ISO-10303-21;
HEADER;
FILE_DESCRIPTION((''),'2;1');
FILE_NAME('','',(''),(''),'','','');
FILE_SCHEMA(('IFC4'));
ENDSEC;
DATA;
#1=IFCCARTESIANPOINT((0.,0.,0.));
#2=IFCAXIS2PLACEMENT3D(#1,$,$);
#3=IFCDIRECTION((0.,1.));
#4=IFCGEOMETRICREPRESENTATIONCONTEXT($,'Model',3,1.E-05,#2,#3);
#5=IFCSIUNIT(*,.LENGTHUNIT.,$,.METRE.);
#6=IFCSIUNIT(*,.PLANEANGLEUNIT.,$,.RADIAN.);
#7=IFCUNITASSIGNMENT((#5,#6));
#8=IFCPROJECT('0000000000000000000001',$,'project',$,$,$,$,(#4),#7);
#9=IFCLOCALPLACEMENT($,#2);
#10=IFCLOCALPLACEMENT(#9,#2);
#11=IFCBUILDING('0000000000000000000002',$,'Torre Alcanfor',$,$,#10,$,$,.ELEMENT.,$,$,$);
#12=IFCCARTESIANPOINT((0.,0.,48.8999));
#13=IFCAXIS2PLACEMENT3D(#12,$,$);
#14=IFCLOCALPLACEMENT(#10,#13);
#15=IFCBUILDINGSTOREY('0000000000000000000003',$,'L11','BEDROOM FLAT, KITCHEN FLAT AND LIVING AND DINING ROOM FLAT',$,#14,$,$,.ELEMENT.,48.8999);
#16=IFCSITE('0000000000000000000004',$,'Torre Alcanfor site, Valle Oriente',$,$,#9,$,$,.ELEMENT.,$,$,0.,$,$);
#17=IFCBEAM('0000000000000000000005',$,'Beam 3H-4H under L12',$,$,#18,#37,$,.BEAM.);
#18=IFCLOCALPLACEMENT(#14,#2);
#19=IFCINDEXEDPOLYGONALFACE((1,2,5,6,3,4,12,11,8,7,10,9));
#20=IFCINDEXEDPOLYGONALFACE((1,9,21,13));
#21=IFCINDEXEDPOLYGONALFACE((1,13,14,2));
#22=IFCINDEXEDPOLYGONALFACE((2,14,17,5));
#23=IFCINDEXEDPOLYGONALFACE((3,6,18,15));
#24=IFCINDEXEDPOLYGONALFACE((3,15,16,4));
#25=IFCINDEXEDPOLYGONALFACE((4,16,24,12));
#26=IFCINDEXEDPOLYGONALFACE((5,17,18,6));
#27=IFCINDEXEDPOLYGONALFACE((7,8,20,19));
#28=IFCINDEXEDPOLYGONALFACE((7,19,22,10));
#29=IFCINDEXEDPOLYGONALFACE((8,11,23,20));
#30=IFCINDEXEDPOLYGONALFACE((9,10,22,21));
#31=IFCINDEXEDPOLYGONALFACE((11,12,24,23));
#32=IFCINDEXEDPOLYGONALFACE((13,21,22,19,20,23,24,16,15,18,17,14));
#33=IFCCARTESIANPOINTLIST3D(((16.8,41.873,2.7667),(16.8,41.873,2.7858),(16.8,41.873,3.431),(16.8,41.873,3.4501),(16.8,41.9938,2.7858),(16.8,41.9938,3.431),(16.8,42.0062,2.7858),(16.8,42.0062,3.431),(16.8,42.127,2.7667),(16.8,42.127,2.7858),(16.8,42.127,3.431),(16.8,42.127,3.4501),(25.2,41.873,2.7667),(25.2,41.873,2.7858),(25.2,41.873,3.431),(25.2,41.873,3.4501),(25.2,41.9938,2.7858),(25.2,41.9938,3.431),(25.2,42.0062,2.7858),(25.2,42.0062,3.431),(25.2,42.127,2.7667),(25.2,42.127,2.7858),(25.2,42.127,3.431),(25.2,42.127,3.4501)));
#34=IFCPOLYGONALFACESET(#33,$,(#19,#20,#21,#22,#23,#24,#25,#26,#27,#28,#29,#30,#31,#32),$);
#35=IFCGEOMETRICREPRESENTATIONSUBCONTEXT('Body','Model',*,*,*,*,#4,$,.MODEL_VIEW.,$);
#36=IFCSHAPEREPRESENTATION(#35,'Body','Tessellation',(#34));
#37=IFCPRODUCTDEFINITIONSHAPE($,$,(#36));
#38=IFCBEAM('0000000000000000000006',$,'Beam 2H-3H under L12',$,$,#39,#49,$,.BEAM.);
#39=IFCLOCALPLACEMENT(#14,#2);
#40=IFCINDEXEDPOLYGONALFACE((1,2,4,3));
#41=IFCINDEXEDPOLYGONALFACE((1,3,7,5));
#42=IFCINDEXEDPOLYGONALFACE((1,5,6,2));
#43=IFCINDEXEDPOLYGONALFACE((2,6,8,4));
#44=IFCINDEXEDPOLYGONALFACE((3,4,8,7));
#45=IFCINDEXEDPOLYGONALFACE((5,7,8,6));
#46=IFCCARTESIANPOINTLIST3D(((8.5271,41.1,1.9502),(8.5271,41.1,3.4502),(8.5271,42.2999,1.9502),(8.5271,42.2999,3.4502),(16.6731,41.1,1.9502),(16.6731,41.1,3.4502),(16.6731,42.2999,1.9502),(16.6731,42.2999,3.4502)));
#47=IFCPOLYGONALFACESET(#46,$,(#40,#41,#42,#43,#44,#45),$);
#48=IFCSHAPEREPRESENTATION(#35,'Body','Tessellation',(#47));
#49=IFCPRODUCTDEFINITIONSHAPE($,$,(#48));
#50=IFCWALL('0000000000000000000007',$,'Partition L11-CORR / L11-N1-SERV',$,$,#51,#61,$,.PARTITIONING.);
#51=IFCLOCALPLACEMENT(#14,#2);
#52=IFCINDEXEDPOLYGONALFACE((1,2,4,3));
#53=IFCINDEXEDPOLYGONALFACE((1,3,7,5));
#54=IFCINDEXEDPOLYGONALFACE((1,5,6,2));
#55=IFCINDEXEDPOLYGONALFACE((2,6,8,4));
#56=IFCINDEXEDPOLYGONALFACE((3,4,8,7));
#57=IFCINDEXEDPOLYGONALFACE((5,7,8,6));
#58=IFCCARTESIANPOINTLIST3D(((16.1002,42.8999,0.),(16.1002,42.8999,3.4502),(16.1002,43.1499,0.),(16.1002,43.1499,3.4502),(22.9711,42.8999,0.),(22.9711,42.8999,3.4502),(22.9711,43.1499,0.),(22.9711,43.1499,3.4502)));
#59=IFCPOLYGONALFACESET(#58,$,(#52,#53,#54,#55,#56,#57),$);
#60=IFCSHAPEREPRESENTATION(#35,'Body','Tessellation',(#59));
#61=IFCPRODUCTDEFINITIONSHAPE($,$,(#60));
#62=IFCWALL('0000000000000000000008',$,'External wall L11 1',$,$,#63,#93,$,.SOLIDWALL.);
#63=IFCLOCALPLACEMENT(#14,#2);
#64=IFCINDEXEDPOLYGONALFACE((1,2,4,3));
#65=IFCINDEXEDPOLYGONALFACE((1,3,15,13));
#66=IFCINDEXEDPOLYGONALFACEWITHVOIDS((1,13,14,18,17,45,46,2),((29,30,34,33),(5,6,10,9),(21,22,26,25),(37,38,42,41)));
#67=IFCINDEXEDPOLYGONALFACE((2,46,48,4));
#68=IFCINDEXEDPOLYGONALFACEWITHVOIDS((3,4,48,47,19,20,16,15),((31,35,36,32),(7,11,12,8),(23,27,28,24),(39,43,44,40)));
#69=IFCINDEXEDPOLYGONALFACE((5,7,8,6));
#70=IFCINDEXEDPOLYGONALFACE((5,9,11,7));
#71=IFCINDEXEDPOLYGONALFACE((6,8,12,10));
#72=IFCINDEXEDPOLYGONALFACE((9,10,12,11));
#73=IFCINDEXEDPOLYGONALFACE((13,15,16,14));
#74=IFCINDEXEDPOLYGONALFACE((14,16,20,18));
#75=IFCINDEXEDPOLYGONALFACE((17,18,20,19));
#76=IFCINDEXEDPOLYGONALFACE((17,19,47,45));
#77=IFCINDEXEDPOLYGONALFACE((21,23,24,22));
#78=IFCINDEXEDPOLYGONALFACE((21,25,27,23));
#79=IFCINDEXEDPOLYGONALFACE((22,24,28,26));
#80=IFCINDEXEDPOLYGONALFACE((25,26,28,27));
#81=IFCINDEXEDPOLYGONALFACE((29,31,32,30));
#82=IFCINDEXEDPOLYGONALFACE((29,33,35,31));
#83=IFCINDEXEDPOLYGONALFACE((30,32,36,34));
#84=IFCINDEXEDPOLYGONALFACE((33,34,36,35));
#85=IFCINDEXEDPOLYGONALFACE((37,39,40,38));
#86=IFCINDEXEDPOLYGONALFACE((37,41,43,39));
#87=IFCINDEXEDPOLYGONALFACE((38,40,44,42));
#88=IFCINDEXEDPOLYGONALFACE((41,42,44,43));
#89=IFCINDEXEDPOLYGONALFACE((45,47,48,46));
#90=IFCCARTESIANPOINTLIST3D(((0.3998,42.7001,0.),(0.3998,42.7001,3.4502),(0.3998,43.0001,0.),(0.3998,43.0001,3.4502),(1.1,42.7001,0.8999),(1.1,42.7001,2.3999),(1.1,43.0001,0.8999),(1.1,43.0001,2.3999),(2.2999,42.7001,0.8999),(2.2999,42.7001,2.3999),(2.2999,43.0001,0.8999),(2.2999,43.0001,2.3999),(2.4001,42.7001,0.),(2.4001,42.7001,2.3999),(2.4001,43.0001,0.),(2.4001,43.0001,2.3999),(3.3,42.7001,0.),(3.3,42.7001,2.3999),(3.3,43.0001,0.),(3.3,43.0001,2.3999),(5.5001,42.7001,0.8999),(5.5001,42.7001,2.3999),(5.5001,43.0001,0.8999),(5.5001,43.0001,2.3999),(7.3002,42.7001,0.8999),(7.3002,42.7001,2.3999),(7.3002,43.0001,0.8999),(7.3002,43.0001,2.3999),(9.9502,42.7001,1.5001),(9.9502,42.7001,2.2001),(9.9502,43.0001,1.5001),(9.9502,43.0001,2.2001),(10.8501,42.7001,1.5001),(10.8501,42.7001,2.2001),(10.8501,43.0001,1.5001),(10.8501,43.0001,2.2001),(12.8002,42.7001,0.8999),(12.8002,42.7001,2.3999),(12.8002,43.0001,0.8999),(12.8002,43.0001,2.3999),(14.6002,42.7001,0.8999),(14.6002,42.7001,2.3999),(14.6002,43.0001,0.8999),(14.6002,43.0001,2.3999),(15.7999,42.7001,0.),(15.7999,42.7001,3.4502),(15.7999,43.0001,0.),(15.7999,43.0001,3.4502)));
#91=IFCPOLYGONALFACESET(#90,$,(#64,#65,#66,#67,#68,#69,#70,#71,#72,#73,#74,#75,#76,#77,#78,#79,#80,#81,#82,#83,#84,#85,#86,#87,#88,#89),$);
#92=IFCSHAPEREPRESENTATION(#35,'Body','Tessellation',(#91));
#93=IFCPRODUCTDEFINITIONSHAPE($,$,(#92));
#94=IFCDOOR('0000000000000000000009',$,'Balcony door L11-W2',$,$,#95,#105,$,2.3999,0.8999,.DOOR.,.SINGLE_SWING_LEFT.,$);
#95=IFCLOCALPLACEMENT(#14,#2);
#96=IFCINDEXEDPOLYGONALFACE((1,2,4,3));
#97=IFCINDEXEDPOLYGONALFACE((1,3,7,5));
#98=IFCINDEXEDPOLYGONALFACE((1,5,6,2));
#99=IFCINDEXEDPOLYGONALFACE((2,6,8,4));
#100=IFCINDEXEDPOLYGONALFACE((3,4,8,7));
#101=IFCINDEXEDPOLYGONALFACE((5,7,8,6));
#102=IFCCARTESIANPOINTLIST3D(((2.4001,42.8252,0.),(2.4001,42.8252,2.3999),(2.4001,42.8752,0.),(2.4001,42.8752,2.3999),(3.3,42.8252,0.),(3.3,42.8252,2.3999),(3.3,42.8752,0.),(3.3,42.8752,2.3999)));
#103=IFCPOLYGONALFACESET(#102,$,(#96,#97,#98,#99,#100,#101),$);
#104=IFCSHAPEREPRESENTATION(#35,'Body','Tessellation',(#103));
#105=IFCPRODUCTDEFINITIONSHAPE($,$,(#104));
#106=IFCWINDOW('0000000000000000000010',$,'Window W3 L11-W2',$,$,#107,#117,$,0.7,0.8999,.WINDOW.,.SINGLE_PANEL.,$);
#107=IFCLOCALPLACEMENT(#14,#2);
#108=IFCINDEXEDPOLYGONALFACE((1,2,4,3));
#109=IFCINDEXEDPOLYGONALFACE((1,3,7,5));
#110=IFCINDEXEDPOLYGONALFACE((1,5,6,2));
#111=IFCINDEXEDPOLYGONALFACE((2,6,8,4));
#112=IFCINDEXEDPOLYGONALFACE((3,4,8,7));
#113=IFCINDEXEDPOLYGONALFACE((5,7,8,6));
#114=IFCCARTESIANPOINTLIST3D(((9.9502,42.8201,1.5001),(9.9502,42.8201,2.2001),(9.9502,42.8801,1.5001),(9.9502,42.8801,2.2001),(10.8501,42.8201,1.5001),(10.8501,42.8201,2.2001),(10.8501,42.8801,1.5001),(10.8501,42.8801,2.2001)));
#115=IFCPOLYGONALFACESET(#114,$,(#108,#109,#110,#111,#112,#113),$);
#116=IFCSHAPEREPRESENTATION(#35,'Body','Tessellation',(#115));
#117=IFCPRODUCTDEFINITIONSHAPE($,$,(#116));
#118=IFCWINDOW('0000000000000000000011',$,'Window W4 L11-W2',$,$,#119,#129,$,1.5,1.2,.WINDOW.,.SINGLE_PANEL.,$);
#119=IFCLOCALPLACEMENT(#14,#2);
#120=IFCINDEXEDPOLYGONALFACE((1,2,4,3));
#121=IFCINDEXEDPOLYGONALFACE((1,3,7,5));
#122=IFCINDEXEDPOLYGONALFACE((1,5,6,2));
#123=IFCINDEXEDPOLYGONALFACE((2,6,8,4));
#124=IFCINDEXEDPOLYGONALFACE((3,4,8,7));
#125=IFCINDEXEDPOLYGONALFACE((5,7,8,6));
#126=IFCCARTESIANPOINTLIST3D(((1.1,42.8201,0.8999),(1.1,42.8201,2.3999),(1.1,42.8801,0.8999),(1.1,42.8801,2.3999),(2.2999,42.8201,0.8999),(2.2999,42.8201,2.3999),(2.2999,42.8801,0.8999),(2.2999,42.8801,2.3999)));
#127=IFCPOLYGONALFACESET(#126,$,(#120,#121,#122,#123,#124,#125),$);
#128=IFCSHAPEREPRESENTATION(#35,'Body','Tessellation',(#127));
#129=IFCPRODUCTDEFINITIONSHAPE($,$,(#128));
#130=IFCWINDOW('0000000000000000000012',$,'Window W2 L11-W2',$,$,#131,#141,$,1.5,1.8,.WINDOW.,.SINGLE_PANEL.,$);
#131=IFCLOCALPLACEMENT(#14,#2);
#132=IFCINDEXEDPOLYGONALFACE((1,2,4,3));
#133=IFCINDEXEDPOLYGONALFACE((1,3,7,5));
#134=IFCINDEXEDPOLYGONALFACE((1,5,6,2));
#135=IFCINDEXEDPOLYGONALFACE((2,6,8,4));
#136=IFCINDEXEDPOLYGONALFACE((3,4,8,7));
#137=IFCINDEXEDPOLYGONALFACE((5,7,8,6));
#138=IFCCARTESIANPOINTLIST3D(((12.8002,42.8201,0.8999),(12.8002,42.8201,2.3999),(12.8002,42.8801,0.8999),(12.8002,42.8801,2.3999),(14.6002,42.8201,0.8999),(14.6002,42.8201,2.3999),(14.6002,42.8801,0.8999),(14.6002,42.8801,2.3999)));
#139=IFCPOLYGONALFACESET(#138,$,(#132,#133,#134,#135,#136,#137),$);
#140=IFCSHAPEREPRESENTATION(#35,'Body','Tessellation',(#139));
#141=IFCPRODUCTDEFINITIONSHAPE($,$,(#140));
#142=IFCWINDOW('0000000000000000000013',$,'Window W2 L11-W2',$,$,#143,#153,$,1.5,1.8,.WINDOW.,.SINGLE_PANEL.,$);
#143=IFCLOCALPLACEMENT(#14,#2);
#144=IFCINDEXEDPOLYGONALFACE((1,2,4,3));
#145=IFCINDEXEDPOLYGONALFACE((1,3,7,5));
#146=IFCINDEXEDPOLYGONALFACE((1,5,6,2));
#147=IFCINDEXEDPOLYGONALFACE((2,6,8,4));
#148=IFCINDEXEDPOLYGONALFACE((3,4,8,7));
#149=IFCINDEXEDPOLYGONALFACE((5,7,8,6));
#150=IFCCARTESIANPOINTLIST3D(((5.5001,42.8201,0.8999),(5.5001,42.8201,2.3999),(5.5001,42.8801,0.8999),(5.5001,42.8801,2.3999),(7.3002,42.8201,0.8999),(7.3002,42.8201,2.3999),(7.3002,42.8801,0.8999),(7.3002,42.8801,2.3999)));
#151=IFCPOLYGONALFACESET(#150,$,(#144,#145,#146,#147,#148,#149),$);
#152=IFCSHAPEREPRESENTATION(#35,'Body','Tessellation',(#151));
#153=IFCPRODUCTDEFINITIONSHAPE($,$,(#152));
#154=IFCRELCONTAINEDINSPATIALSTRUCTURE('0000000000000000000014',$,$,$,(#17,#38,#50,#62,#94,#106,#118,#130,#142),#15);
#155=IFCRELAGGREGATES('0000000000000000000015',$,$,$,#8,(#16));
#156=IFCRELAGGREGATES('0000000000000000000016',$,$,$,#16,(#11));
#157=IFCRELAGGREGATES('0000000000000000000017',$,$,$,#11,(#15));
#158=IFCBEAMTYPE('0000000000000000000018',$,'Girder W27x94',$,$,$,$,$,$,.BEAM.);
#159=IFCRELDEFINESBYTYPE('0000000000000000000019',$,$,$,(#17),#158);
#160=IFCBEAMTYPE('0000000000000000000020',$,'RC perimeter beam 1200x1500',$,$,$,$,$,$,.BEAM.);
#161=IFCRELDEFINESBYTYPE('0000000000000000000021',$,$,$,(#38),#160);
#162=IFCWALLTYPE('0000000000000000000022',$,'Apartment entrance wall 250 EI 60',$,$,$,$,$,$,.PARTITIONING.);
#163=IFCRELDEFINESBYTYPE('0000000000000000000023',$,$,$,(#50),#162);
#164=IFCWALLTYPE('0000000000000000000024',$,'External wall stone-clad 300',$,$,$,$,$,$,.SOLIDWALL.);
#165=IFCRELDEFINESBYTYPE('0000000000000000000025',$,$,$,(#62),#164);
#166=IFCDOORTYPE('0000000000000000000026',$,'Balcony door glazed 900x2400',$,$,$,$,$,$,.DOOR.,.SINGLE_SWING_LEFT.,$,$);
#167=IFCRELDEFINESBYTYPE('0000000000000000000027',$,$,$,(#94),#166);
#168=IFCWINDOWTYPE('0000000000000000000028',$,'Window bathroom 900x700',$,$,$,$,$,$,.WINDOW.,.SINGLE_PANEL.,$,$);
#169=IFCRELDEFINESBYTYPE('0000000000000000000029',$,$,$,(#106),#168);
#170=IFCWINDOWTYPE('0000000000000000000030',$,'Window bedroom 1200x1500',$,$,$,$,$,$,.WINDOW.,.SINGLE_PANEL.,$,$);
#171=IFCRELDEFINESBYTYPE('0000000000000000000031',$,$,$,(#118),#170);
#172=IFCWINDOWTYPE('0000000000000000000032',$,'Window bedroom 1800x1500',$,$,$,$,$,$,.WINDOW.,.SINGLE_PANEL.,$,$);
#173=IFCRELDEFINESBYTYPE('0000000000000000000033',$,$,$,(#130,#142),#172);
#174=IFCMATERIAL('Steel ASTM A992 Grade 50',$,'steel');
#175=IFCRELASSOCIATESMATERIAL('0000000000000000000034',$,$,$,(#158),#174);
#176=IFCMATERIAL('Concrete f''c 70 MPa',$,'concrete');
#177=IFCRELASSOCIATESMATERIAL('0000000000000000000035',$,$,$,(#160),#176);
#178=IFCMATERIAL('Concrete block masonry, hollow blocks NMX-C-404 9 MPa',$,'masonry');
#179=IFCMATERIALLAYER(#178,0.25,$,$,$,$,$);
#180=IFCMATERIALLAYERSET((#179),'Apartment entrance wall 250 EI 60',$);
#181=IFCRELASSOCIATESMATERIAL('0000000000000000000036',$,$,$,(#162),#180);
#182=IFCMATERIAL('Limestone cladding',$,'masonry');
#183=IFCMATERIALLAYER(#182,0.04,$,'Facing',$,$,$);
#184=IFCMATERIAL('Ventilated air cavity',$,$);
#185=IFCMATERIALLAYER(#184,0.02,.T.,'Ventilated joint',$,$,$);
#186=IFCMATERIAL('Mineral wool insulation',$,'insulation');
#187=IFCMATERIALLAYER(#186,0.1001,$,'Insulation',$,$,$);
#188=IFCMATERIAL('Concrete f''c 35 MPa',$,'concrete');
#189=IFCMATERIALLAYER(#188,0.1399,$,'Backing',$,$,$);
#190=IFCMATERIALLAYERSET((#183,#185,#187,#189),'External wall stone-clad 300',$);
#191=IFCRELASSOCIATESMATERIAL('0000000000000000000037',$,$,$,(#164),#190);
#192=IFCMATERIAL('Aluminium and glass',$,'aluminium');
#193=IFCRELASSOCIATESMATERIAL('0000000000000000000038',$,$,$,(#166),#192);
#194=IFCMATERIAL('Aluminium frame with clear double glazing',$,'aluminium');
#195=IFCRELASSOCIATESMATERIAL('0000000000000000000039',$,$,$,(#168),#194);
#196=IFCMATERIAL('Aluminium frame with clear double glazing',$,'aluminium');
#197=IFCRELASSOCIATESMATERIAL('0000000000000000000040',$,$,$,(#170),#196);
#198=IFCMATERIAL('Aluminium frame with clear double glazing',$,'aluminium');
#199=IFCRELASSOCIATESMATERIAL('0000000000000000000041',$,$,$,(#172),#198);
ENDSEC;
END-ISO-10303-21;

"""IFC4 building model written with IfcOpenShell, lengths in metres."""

from ifc_helpers import new_model, si_unit, direction, frame, frame_2d, origin, origin_2d, place, context, subcontext, project, spatial, rectangle, i_section, extrude, material, layer, layer_set, material_profile, profile_set, type_object, element, fill, save


model = new_model("IFC4")

# Units and contexts
model_context = context("Model", 3, precision=1e-05, world=origin(), true_north=direction((0.0, 1.0)))
body_context = subcontext(model_context, "Body", "Model", "MODEL_VIEW")
ifc_project = project(units=[si_unit("LENGTHUNIT", "METRE"), si_unit("PLANEANGLEUNIT", "RADIAN")], contexts=[model_context])

# Site, building, storey
site_placement = place(None, origin())
site = spatial("IfcSite", under=ifc_project, at=site_placement, Name="Torre Alcanfor site, Valle Oriente", CompositionType="ELEMENT", RefElevation=0.0)
building_placement = place(site_placement, origin())
building = spatial("IfcBuilding", under=site, at=building_placement, Name="Torre Alcanfor", CompositionType="ELEMENT")
storey_placement = place(building_placement, frame((0.0, 0.0, 48.8999)))
storey = spatial("IfcBuildingStorey", under=building, at=storey_placement, Name="L11", Description="BEDROOM FLAT, KITCHEN FLAT AND LIVING AND DINING ROOM FLAT", CompositionType="ELEMENT", Elevation=48.8999)

# Beams
ifc_material_1 = material(Name="Steel ASTM A992 Grade 50", Category="steel")
ifc_material_profile_1 = material_profile(ifc_material_1, i_section(OverallWidth=0.2539, OverallDepth=0.6833, WebThickness=0.0125, FlangeThickness=0.019, at=origin_2d()), Name="W27x94")
ifc_profile_set_1 = profile_set([ifc_material_profile_1], Name="Steel ASTM A992 Grade 50")
beam_type_1 = type_object("IfcBeamType", Name="Girder W27x94", PredefinedType="BEAM", material=ifc_profile_set_1)
beam_1_placement = place(storey_placement, frame((16.8, 42.0, 3.1084), z_axis=(1.0, 0.0, 0.0), x_axis=(0.0, 1.0, 0.0)))
element("IfcBeam", 1, at=beam_1_placement, inside=storey, type_object=beam_type_1, Name="Beam 3H-4H under L12", PredefinedType="BEAM", context=body_context, shape_type="SweptSolid", body=[
    extrude(i_section(OverallWidth=0.2539, OverallDepth=0.6833, WebThickness=0.0125, FlangeThickness=0.019, at=origin_2d()), origin(), (0.0, 0.0, 1.0), 8.3999),
])
ifc_material_2 = material(Name="Concrete f'c 70 MPa", Category="concrete")
ifc_material_profile_2 = material_profile(ifc_material_2, rectangle(XDim=1.2, YDim=1.5, at=origin_2d()), Name="1200x1500")
ifc_profile_set_2 = profile_set([ifc_material_profile_2], Name="Concrete f'c 70 MPa")
beam_type_2 = type_object("IfcBeamType", Name="RC perimeter beam 1200x1500", PredefinedType="BEAM", material=ifc_profile_set_2)
beam_2_placement = place(storey_placement, frame((8.5271, 41.7, 2.7002), z_axis=(1.0, 0.0, 0.0), x_axis=(0.0, 1.0, 0.0)))
element("IfcBeam", 2, at=beam_2_placement, inside=storey, type_object=beam_type_2, Name="Beam 2H-3H under L12", PredefinedType="BEAM", context=body_context, shape_type="SweptSolid", body=[
    extrude(rectangle(XDim=1.2, YDim=1.5, at=origin_2d()), origin(), (0.0, 0.0, 1.0), 8.146),
])

# Wall
ifc_material_3 = material(Name="Concrete block masonry, hollow blocks NMX-C-404 9 MPa", Category="masonry")
ifc_layer_1 = layer(ifc_material_3, 0.25)
ifc_layer_set_1 = layer_set([ifc_layer_1], Name="Apartment entrance wall 250 EI 60")
wall_type_1 = type_object("IfcWallType", Name="Apartment entrance wall 250 EI 60", PredefinedType="PARTITIONING", material=ifc_layer_set_1)
wall_1_placement = place(storey_placement, frame((16.1001, 43.0249, 0.0), z_axis=(0.0, 0.0, 1.0), x_axis=(1.0, 0.0, 0.0)))
element("IfcWall", 3, at=wall_1_placement, inside=storey, type_object=wall_type_1, Name="Partition L11-CORR / L11-N1-SERV", PredefinedType="PARTITIONING", context=body_context, shape_type="SweptSolid", body=[
    extrude(rectangle(XDim=6.8708, YDim=0.25, at=frame_2d((3.4355, 0.0))), origin(), (0.0, 0.0, 1.0), 3.4502),
])

# Wall, openings, door, windows
ifc_material_4 = material(Name="Limestone cladding", Category="masonry")
ifc_layer_2 = layer(ifc_material_4, 0.04, Name="Facing")
ifc_material_5 = material(Name="Ventilated air cavity")
ifc_layer_3 = layer(ifc_material_5, 0.02, ventilated=True, Name="Ventilated joint")
ifc_material_6 = material(Name="Mineral wool insulation", Category="insulation")
ifc_layer_4 = layer(ifc_material_6, 0.1001, Name="Insulation")
ifc_material_7 = material(Name="Concrete f'c 35 MPa", Category="concrete")
ifc_layer_5 = layer(ifc_material_7, 0.1399, Name="Backing")
ifc_layer_set_2 = layer_set([ifc_layer_2, ifc_layer_3, ifc_layer_4, ifc_layer_5], Name="External wall stone-clad 300")
wall_type_2 = type_object("IfcWallType", Name="External wall stone-clad 300", PredefinedType="SOLIDWALL", material=ifc_layer_set_2)
wall_2_placement = place(storey_placement, frame((15.8, 42.8501, 0.0), z_axis=(0.0, 0.0, 1.0), x_axis=(-1.0, 0.0, 0.0)))
wall_2 = element("IfcWall", 4, at=wall_2_placement, inside=storey, type_object=wall_type_2, Name="External wall L11 1", PredefinedType="SOLIDWALL", context=body_context, shape_type="SweptSolid", body=[
    extrude(rectangle(XDim=15.4001, YDim=0.3, at=frame_2d((7.7002, 0.0))), origin(), (0.0, 0.0, 1.0), 3.4502),
])
opening_1_placement = place(wall_2_placement, frame((1.2, 0.0, 0.8999)))
opening_1 = element("IfcOpeningElement", 5, at=opening_1_placement, cuts=wall_2, PredefinedType="OPENING", context=body_context, shape_type="SweptSolid", body=[
    extrude(rectangle(XDim=1.8, YDim=1.5, at=frame_2d((0.8999, 0.75))), frame((0.0, 0.1599, 0.0), z_axis=(0.0, -1.0, 0.0), x_axis=(1.0, 0.0, 0.0)), (0.0, 0.0, 1.0), 0.3201),
])
opening_2_placement = place(wall_2_placement, frame((4.95, 0.0, 1.5)))
opening_2 = element("IfcOpeningElement", 6, at=opening_2_placement, cuts=wall_2, PredefinedType="OPENING", context=body_context, shape_type="SweptSolid", body=[
    extrude(rectangle(XDim=0.8999, YDim=0.7, at=frame_2d((0.45, 0.3501))), frame((0.0, 0.1599, 0.0), z_axis=(0.0, -1.0, 0.0), x_axis=(1.0, 0.0, 0.0)), (0.0, 0.0, 1.0), 0.3201),
])
opening_3_placement = place(wall_2_placement, frame((8.5, 0.0, 0.8999)))
opening_3 = element("IfcOpeningElement", 7, at=opening_3_placement, cuts=wall_2, PredefinedType="OPENING", context=body_context, shape_type="SweptSolid", body=[
    extrude(rectangle(XDim=1.8, YDim=1.5, at=frame_2d((0.8999, 0.75))), frame((0.0, 0.1599, 0.0), z_axis=(0.0, -1.0, 0.0), x_axis=(1.0, 0.0, 0.0)), (0.0, 0.0, 1.0), 0.3201),
])
opening_4_placement = place(wall_2_placement, frame((12.5, 0.0, 0.0)))
opening_4 = element("IfcOpeningElement", 8, at=opening_4_placement, cuts=wall_2, PredefinedType="OPENING", context=body_context, shape_type="SweptSolid", body=[
    extrude(rectangle(XDim=0.8999, YDim=2.3999, at=frame_2d((0.45, 1.2))), frame((0.0, 0.1599, 0.0), z_axis=(0.0, -1.0, 0.0), x_axis=(1.0, 0.0, 0.0)), (0.0, 0.0, 1.0), 0.3201),
])
opening_5_placement = place(wall_2_placement, frame((13.5, 0.0, 0.8999)))
opening_5 = element("IfcOpeningElement", 9, at=opening_5_placement, cuts=wall_2, PredefinedType="OPENING", context=body_context, shape_type="SweptSolid", body=[
    extrude(rectangle(XDim=1.2, YDim=1.5, at=frame_2d((0.6001, 0.75))), frame((0.0, 0.1599, 0.0), z_axis=(0.0, -1.0, 0.0), x_axis=(1.0, 0.0, 0.0)), (0.0, 0.0, 1.0), 0.3201),
])
ifc_material_8 = material(Name="Aluminium and glass", Category="aluminium")
door_type = type_object("IfcDoorType", Name="Balcony door glazed 900x2400", OperationType="SINGLE_SWING_LEFT", PredefinedType="DOOR", material=ifc_material_8)
door_1_placement = place(opening_4_placement, origin())
door_1 = element("IfcDoor", 10, at=door_1_placement, inside=storey, type_object=door_type, Name="Balcony door L11-W2", OperationType="SINGLE_SWING_LEFT", OverallHeight=2.3999, OverallWidth=0.8999, PredefinedType="DOOR", context=body_context, shape_type="SweptSolid", body=[
    extrude(rectangle(XDim=0.8999, YDim=2.3999, at=frame_2d((0.45, 1.2))), frame((0.0, 0.0249, 0.0), z_axis=(0.0, -1.0, 0.0), x_axis=(1.0, 0.0, 0.0)), (0.0, 0.0, 1.0), 0.05),
])
fill(opening_4, door_1)
ifc_material_9 = material(Name="Aluminium frame with clear double glazing", Category="aluminium")
window_type_1 = type_object("IfcWindowType", Name="Window bathroom 900x700", PartitioningType="SINGLE_PANEL", PredefinedType="WINDOW", material=ifc_material_9)
window_1_placement = place(opening_2_placement, origin())
window_1 = element("IfcWindow", 11, at=window_1_placement, inside=storey, type_object=window_type_1, Name="Window W3 L11-W2", OverallHeight=0.7, OverallWidth=0.8999, PartitioningType="SINGLE_PANEL", PredefinedType="WINDOW", context=body_context, shape_type="SweptSolid", body=[
    extrude(rectangle(XDim=0.8999, YDim=0.7, at=frame_2d((0.45, 0.3501))), frame((0.0, 0.03, 0.0), z_axis=(0.0, -1.0, 0.0), x_axis=(1.0, 0.0, 0.0)), (0.0, 0.0, 1.0), 0.0601),
])
fill(opening_2, window_1)
ifc_material_10 = material(Name="Aluminium frame with clear double glazing", Category="aluminium")
window_type_2 = type_object("IfcWindowType", Name="Window bedroom 1200x1500", PartitioningType="SINGLE_PANEL", PredefinedType="WINDOW", material=ifc_material_10)
window_2_placement = place(opening_5_placement, origin())
window_2 = element("IfcWindow", 12, at=window_2_placement, inside=storey, type_object=window_type_2, Name="Window W4 L11-W2", OverallHeight=1.5, OverallWidth=1.2, PartitioningType="SINGLE_PANEL", PredefinedType="WINDOW", context=body_context, shape_type="SweptSolid", body=[
    extrude(rectangle(XDim=1.2, YDim=1.5, at=frame_2d((0.6001, 0.75))), frame((0.0, 0.03, 0.0), z_axis=(0.0, -1.0, 0.0), x_axis=(1.0, 0.0, 0.0)), (0.0, 0.0, 1.0), 0.0601),
])
fill(opening_5, window_2)
ifc_material_11 = material(Name="Aluminium frame with clear double glazing", Category="aluminium")
window_type_3 = type_object("IfcWindowType", Name="Window bedroom 1800x1500", PartitioningType="SINGLE_PANEL", PredefinedType="WINDOW", material=ifc_material_11)
window_3_placement = place(opening_1_placement, origin())
window_3 = element("IfcWindow", 13, at=window_3_placement, inside=storey, type_object=window_type_3, Name="Window W2 L11-W2", OverallHeight=1.5, OverallWidth=1.8, PartitioningType="SINGLE_PANEL", PredefinedType="WINDOW", context=body_context, shape_type="SweptSolid", body=[
    extrude(rectangle(XDim=1.8, YDim=1.5, at=frame_2d((0.8999, 0.75))), frame((0.0, 0.03, 0.0), z_axis=(0.0, -1.0, 0.0), x_axis=(1.0, 0.0, 0.0)), (0.0, 0.0, 1.0), 0.0601),
])
fill(opening_1, window_3)
window_4_placement = place(opening_3_placement, origin())
window_4 = element("IfcWindow", 14, at=window_4_placement, inside=storey, type_object=window_type_3, Name="Window W2 L11-W2", OverallHeight=1.5, OverallWidth=1.8, PartitioningType="SINGLE_PANEL", PredefinedType="WINDOW", context=body_context, shape_type="SweptSolid", body=[
    extrude(rectangle(XDim=1.8, YDim=1.5, at=frame_2d((0.8999, 0.75))), frame((0.0, 0.03, 0.0), z_axis=(0.0, -1.0, 0.0), x_axis=(1.0, 0.0, 0.0)), (0.0, 0.0, 1.0), 0.0601),
])
fill(opening_3, window_4)

save(model, "model.ifc")
